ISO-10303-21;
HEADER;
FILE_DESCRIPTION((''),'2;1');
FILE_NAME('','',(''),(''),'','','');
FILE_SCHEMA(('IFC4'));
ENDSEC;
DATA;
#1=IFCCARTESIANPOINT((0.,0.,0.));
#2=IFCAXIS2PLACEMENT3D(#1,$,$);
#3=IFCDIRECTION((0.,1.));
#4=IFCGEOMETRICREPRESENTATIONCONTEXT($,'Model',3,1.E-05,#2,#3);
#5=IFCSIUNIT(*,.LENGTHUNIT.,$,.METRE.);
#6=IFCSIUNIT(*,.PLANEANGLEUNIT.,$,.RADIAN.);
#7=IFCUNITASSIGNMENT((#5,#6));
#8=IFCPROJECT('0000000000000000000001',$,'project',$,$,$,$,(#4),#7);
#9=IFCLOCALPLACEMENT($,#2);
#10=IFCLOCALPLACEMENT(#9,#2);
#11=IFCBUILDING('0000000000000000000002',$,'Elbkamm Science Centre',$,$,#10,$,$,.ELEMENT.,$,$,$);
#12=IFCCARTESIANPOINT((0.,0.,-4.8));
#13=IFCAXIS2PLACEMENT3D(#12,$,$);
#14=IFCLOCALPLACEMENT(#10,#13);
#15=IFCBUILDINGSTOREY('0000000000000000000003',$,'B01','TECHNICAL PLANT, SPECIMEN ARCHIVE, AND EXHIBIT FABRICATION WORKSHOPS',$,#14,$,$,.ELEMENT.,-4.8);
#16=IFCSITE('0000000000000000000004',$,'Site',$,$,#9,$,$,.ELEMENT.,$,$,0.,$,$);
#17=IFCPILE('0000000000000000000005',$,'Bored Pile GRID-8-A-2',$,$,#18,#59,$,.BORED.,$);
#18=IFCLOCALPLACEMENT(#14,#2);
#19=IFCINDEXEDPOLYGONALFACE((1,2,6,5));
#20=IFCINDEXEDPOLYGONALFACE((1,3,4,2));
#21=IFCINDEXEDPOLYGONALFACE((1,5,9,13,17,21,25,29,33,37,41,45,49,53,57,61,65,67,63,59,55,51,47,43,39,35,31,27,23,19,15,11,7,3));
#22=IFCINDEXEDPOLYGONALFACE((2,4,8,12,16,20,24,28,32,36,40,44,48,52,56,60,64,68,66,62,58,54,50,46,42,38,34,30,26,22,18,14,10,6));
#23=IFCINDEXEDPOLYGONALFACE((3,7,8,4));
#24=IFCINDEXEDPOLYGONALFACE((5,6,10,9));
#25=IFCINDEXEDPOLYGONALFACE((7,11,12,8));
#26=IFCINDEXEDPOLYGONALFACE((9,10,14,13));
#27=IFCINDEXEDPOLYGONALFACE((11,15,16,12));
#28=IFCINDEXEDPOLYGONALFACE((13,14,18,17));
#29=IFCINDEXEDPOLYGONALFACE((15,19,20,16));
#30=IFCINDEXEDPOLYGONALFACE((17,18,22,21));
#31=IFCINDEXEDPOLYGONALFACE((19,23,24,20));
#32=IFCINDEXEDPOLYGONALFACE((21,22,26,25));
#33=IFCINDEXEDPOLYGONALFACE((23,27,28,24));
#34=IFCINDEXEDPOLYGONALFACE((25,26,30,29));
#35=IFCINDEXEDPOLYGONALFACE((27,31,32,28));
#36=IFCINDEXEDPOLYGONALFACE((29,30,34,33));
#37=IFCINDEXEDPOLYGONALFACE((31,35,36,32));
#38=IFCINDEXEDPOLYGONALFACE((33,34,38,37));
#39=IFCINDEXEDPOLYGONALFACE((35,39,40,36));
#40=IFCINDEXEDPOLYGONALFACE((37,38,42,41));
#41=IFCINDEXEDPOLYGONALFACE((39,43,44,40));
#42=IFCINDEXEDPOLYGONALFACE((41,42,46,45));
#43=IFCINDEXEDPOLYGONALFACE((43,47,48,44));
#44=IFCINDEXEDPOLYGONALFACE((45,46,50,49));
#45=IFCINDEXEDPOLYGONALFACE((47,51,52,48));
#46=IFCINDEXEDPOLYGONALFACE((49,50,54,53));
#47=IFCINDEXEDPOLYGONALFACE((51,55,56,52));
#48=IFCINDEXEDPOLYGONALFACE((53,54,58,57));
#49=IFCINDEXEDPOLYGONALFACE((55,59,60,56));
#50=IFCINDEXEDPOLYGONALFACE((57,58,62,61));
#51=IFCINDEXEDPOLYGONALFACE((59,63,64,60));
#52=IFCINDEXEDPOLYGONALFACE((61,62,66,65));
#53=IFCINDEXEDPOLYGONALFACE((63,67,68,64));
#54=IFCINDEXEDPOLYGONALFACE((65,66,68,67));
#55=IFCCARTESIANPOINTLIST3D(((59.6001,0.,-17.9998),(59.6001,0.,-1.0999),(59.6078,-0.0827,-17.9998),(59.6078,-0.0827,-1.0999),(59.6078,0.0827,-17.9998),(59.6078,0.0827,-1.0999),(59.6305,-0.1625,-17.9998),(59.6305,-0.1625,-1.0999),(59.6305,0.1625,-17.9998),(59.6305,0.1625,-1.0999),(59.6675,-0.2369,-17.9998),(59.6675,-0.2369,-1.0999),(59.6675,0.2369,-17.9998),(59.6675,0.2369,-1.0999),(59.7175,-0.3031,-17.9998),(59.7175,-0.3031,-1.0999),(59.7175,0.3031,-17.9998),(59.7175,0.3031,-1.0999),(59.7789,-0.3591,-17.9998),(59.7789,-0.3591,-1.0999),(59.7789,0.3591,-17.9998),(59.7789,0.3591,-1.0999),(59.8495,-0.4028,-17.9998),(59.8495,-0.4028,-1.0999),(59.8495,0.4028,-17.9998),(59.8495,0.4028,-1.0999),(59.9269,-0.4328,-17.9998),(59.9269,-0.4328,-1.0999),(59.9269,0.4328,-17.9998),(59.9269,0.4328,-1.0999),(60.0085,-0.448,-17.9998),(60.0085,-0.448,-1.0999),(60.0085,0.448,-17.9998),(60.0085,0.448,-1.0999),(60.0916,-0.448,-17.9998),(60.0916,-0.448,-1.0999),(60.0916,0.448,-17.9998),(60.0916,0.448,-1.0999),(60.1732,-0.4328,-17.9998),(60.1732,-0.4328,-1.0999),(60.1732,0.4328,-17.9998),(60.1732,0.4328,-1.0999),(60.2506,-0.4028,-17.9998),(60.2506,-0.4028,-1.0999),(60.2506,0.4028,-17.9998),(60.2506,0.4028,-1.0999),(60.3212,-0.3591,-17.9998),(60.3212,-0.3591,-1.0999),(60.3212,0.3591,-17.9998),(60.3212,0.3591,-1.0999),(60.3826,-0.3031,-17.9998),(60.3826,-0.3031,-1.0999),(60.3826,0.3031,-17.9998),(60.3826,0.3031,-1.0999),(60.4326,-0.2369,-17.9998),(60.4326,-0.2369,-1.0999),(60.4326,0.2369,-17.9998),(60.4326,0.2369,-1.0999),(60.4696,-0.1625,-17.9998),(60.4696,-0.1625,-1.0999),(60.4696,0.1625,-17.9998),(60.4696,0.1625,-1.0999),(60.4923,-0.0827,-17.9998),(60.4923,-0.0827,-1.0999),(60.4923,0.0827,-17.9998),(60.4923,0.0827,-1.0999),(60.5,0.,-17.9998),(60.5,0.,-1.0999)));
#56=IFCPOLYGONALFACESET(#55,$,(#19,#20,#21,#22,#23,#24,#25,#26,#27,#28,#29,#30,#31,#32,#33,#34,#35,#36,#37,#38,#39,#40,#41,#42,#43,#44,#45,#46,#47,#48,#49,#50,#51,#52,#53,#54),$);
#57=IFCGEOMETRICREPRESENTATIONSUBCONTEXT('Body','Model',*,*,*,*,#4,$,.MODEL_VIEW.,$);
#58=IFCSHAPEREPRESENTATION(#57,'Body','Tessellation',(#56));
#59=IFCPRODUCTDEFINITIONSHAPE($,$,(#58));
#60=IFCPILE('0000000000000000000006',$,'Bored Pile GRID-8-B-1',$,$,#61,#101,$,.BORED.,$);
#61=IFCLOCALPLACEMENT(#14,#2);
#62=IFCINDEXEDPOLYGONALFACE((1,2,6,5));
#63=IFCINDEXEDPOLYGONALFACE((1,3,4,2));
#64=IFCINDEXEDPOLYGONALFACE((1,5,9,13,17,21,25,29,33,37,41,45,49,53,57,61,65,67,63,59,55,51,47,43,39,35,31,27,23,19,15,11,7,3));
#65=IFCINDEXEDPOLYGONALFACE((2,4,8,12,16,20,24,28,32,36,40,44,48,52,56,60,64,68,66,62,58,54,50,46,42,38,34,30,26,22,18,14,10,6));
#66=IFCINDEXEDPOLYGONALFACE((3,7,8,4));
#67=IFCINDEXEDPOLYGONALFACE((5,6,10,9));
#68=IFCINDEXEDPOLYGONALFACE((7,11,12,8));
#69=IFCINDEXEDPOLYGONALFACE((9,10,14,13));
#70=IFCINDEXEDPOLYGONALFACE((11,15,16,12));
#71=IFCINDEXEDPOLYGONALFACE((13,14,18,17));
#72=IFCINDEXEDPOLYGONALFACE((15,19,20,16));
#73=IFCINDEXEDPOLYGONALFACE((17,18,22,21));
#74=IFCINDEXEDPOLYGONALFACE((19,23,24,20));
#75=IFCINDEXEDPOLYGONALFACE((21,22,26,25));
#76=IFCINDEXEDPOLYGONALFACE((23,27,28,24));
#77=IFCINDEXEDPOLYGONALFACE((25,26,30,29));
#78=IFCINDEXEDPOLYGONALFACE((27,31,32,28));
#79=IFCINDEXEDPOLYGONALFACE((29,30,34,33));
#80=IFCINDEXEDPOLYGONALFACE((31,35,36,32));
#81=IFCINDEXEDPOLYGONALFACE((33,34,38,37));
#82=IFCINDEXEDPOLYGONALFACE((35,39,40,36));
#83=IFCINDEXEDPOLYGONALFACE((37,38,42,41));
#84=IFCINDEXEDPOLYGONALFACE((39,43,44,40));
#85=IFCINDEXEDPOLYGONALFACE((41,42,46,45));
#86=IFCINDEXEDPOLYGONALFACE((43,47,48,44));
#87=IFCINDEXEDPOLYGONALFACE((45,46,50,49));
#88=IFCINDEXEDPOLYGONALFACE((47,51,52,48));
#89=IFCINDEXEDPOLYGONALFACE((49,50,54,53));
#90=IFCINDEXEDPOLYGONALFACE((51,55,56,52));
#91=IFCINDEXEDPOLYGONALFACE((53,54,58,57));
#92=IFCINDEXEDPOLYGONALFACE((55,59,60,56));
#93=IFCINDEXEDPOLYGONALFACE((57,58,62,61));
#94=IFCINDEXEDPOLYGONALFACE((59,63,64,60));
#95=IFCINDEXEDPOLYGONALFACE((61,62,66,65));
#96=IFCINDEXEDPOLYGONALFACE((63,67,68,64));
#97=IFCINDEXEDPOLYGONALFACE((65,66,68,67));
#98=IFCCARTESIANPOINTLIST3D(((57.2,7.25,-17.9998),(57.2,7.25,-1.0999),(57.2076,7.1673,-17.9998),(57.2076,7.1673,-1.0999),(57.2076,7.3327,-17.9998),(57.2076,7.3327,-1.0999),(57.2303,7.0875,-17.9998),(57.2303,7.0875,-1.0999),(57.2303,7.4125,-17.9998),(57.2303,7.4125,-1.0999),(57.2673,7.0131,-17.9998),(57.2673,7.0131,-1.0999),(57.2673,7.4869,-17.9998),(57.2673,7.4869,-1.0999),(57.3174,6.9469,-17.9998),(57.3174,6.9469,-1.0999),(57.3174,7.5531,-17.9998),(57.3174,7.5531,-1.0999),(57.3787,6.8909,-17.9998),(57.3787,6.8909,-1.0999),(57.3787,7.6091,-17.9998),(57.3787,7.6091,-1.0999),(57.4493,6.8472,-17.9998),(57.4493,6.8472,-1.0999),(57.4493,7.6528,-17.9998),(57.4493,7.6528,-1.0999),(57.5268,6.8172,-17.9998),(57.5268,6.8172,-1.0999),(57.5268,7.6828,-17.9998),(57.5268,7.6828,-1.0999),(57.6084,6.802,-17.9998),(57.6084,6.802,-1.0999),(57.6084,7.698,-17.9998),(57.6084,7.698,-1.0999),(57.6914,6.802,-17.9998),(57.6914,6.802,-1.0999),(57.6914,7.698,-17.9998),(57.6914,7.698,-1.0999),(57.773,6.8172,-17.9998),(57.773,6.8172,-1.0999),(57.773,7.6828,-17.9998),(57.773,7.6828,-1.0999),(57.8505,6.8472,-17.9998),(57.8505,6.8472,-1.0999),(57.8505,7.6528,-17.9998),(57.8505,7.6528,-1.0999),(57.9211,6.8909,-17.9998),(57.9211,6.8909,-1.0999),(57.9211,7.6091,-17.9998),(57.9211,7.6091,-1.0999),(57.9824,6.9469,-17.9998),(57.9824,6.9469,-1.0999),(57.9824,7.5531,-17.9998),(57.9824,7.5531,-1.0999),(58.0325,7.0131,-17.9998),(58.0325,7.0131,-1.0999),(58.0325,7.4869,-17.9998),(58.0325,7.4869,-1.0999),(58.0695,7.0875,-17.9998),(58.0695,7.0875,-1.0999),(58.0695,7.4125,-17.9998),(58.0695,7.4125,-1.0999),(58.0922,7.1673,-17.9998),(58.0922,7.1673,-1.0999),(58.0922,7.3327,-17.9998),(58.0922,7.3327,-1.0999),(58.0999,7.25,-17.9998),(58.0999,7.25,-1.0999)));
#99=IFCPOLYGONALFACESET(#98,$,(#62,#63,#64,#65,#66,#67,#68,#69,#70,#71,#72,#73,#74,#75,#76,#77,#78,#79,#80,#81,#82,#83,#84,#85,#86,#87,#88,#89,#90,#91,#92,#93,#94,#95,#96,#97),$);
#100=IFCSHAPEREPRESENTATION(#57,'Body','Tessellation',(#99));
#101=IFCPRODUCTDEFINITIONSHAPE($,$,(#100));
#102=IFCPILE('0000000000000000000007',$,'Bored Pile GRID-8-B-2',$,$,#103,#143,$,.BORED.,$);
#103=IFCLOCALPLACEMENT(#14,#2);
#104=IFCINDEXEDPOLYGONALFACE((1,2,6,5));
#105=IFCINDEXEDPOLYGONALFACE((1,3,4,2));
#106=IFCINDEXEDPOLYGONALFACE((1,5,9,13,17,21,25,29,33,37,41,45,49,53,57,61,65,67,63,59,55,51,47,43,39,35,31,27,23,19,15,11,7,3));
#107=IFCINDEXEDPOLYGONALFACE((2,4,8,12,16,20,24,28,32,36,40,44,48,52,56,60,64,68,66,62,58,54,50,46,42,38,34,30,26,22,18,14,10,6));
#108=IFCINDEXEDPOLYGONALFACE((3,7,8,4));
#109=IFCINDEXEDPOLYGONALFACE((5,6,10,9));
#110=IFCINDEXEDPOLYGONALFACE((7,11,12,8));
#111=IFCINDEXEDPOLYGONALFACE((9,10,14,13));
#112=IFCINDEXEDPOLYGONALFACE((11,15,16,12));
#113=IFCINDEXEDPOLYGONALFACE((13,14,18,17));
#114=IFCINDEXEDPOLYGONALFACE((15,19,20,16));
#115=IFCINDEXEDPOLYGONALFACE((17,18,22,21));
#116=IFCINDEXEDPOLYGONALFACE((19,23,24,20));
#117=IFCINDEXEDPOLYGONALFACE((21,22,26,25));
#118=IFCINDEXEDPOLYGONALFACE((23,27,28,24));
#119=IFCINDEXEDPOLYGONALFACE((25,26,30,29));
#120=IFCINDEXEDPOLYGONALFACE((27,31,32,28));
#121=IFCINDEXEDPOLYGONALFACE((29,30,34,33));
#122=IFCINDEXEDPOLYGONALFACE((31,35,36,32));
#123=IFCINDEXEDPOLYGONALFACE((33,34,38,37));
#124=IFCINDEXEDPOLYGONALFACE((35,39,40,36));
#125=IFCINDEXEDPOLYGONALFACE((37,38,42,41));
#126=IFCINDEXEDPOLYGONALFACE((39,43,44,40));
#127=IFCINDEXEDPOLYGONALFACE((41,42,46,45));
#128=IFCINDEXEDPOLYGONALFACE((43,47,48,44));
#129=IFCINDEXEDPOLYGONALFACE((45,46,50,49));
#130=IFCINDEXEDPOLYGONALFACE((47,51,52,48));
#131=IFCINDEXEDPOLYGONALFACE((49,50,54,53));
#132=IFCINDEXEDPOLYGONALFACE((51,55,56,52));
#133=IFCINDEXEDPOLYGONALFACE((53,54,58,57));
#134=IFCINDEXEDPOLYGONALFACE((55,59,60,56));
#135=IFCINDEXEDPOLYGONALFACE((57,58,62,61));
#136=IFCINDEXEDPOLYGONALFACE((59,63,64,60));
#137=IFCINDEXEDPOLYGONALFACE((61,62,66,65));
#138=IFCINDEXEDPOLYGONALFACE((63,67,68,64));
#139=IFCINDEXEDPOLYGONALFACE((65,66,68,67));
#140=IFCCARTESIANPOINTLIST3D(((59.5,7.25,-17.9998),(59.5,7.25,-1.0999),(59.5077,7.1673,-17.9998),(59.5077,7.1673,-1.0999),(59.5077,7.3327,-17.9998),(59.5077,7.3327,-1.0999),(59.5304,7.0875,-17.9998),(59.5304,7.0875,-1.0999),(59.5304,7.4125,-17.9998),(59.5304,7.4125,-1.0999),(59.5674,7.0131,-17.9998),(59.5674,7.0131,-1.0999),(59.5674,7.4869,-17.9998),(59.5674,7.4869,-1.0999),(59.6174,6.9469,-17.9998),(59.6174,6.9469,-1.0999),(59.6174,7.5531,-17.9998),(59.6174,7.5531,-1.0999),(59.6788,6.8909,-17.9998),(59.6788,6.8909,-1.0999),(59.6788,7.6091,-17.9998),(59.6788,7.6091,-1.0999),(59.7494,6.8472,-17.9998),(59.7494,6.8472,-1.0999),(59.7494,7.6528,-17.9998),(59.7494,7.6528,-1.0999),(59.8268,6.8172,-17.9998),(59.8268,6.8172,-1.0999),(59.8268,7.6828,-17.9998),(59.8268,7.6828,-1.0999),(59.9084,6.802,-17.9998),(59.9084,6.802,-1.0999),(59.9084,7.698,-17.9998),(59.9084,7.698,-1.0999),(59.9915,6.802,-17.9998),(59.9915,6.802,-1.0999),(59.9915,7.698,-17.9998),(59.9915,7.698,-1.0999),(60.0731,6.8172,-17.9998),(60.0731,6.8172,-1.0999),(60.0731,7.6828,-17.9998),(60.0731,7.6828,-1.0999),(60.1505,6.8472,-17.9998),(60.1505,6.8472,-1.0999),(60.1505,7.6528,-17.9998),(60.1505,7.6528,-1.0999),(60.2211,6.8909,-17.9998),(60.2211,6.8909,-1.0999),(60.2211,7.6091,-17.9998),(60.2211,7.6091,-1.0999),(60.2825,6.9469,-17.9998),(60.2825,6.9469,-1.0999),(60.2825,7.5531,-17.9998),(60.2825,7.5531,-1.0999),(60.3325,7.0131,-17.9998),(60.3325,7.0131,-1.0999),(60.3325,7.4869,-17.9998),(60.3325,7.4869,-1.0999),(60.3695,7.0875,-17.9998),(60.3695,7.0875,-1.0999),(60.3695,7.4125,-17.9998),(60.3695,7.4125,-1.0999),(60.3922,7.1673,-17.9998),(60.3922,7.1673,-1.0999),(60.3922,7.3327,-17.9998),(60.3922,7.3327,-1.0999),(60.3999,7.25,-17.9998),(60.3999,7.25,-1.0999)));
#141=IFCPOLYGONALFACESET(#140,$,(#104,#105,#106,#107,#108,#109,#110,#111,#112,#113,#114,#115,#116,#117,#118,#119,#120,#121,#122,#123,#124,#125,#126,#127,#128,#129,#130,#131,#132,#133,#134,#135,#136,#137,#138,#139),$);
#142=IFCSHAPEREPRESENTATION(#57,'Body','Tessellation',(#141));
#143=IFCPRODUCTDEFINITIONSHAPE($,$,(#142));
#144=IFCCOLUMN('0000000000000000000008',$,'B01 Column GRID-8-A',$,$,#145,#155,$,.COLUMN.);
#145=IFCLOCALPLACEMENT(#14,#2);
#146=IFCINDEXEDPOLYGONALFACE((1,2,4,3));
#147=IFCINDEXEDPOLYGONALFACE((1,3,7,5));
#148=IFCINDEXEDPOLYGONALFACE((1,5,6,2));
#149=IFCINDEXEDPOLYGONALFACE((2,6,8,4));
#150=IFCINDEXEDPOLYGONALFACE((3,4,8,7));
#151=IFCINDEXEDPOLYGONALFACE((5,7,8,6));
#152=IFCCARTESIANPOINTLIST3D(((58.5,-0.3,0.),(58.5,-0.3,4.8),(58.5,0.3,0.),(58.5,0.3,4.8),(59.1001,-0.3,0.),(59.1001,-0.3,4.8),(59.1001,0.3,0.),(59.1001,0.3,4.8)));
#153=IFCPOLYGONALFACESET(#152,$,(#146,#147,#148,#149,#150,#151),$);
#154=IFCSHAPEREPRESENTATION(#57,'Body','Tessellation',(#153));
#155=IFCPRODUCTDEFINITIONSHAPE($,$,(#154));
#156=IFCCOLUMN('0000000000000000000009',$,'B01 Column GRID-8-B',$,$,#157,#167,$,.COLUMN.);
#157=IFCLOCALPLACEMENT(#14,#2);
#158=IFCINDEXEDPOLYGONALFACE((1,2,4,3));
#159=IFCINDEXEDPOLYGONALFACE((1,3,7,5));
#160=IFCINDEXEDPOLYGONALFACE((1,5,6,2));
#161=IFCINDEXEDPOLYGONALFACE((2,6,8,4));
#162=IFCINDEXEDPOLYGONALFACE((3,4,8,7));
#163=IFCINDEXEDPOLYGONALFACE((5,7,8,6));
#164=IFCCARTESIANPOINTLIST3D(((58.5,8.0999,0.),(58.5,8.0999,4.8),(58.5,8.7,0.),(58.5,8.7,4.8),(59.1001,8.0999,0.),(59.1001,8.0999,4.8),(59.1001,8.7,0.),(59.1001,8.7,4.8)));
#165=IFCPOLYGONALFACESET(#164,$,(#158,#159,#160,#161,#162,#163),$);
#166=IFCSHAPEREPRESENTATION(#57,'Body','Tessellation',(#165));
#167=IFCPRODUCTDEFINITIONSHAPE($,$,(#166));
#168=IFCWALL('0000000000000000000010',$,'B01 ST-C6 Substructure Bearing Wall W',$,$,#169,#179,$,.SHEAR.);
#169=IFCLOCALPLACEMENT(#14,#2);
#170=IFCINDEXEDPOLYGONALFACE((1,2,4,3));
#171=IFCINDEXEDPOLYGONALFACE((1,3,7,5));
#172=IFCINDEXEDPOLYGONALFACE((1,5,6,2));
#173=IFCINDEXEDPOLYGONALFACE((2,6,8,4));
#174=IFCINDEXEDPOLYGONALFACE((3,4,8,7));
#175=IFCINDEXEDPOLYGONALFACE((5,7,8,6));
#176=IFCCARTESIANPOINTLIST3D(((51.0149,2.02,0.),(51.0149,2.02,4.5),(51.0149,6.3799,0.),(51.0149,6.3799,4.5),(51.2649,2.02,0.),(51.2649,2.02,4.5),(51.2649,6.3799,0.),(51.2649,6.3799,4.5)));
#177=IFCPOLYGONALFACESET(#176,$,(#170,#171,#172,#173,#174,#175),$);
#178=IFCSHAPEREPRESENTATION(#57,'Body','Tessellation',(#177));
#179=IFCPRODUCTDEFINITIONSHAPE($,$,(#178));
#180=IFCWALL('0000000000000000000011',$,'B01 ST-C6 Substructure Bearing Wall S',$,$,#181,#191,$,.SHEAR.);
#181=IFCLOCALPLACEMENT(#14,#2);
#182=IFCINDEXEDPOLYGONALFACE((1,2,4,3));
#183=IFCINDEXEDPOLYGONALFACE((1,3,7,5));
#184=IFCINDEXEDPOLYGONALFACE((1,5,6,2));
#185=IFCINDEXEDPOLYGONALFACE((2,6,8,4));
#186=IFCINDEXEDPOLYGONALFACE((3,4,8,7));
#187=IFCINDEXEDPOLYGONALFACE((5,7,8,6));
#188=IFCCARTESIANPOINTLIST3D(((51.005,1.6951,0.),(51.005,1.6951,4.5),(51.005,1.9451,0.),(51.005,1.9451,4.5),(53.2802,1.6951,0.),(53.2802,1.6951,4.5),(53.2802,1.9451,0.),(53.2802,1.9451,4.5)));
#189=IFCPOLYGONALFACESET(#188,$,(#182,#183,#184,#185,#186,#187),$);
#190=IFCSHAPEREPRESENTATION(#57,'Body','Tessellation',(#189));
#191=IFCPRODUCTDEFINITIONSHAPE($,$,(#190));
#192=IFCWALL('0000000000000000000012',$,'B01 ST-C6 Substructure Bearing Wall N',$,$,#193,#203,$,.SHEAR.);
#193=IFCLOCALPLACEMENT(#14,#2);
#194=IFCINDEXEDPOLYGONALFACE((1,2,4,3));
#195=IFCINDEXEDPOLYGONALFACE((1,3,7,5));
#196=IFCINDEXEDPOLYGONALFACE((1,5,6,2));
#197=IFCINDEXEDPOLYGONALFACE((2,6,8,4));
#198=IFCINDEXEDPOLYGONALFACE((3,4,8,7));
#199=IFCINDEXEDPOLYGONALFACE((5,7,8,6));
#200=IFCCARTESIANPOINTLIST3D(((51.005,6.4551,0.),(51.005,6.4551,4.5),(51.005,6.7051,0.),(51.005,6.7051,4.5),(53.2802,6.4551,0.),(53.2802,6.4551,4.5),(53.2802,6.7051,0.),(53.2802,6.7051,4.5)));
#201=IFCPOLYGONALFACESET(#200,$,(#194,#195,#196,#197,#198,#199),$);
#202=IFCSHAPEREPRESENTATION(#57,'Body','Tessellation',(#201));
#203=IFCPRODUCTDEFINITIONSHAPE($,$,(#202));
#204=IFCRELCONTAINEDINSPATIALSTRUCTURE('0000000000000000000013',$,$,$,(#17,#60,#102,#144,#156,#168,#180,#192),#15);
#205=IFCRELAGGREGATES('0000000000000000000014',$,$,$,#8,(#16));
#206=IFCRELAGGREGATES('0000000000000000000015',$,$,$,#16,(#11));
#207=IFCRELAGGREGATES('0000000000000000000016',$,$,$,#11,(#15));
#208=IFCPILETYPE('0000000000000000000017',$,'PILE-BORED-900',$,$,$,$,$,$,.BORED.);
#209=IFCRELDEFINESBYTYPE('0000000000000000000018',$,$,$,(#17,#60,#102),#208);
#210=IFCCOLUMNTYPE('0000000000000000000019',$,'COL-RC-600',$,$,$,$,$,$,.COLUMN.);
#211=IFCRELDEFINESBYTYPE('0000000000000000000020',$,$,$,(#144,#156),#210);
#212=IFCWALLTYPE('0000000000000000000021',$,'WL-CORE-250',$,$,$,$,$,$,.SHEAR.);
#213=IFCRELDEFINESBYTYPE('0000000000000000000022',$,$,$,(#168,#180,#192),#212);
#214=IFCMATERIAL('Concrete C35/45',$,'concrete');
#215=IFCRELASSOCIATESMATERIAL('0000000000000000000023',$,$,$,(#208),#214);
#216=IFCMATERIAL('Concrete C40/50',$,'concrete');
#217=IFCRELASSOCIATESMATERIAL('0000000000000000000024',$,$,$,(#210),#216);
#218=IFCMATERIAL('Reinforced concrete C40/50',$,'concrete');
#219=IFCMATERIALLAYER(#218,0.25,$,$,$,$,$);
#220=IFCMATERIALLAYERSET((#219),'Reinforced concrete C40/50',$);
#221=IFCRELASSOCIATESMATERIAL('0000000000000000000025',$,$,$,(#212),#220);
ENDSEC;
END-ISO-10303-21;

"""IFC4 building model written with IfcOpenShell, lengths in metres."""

from ifc_helpers import new_model, si_unit, direction, frame, frame_2d, origin, origin_2d, place, context, subcontext, project, spatial, rectangle, circle, extrude, material, layer, layer_set, material_profile, profile_set, type_object, element, save


model = new_model("IFC4")

# Units and contexts
model_context = context("Model", 3, precision=1e-05, world=origin(), true_north=direction((0.0, 1.0)))
body_context = subcontext(model_context, "Body", "Model", "MODEL_VIEW")
ifc_project = project(units=[si_unit("LENGTHUNIT", "METRE"), si_unit("PLANEANGLEUNIT", "RADIAN")], contexts=[model_context])

# Site, building, storey
site_placement = place(None, origin())
site = spatial("IfcSite", under=ifc_project, at=site_placement, Name="Site", CompositionType="ELEMENT", RefElevation=0.0)
building_placement = place(site_placement, origin())
building = spatial("IfcBuilding", under=site, at=building_placement, Name="Elbkamm Science Centre", CompositionType="ELEMENT")
storey_placement = place(building_placement, frame((0.0, 0.0, -4.8)))
storey = spatial("IfcBuildingStorey", under=building, at=storey_placement, Name="B01", Description="TECHNICAL PLANT, SPECIMEN ARCHIVE, AND EXHIBIT FABRICATION WORKSHOPS", CompositionType="ELEMENT", Elevation=-4.8)

# Shared definitions
ifc_material_1 = material(Name="Concrete C35/45", Category="concrete")

# Piles
ifc_material_profile_1 = material_profile(ifc_material_1, circle(Radius=0.45, at=origin_2d()), Name="PILE D900")
ifc_profile_set_1 = profile_set([ifc_material_profile_1], Name="Concrete C35/45")
pile_type = type_object("IfcPileType", Name="PILE-BORED-900", PredefinedType="BORED", material=ifc_profile_set_1)
for number, where, z_axis, x_axis, name in (
    (1, (60.05, 0.0, -1.0999), (0.0, 0.0, -1.0), (1.0, 0.0, 0.0), "Bored Pile GRID-8-A-2"),
    (2, (57.6499, 7.25, -1.0999), (0.0, 0.0, -1.0), (1.0, 0.0, 0.0), "Bored Pile GRID-8-B-1"),
    (3, (59.95, 7.25, -1.0999), (0.0, 0.0, -1.0), (1.0, 0.0, 0.0), "Bored Pile GRID-8-B-2"),
):
    element("IfcPile", number, at=place(storey_placement, frame(where, z_axis=z_axis, x_axis=x_axis)), inside=storey, type_object=pile_type, Name=name, PredefinedType="BORED", context=body_context, shape_type="SweptSolid", body=[
        extrude(circle(Radius=0.45, at=origin_2d()), origin(), (0.0, 0.0, 1.0), 16.8999),
    ])

# Columns
ifc_material_2 = material(Name="Concrete C40/50", Category="concrete")
ifc_material_profile_2 = material_profile(ifc_material_2, rectangle(XDim=0.6001, YDim=0.6001, at=origin_2d()), Name="RC 600x600")
ifc_profile_set_2 = profile_set([ifc_material_profile_2], Name="Concrete C40/50")
column_type = type_object("IfcColumnType", Name="COL-RC-600", PredefinedType="COLUMN", material=ifc_profile_set_2)
for number, where, z_axis, x_axis, name in (
    (4, (58.8, 0.0, 0.0), (0.0, 0.0, 1.0), (1.0, 0.0, 0.0), "B01 Column GRID-8-A"),
    (5, (58.8, 8.3999, 0.0), (0.0, 0.0, 1.0), (1.0, 0.0, 0.0), "B01 Column GRID-8-B"),
):
    element("IfcColumn", number, at=place(storey_placement, frame(where, z_axis=z_axis, x_axis=x_axis)), inside=storey, type_object=column_type, Name=name, PredefinedType="COLUMN", context=body_context, shape_type="SweptSolid", body=[
        extrude(rectangle(XDim=0.6001, YDim=0.6001, at=origin_2d()), origin(), (0.0, 0.0, 1.0), 4.8),
    ])

# Walls
ifc_material_3 = material(Name="Reinforced concrete C40/50", Category="concrete")
ifc_layer_1 = layer(ifc_material_3, 0.25)
ifc_layer_set_1 = layer_set([ifc_layer_1], Name="Reinforced concrete C40/50")
wall_type_1 = type_object("IfcWallType", Name="WL-CORE-250", PredefinedType="SHEAR", material=ifc_layer_set_1)
wall_1_placement = place(storey_placement, frame((51.1399, 2.02, 0.0), z_axis=(0.0, 0.0, 1.0), x_axis=(0.0, 1.0, 0.0)))
element("IfcWall", 6, at=wall_1_placement, inside=storey, type_object=wall_type_1, Name="B01 ST-C6 Substructure Bearing Wall W", PredefinedType="SHEAR", context=body_context, shape_type="SweptSolid", body=[
    extrude(rectangle(XDim=4.3599, YDim=0.25, at=frame_2d((2.1799, 0.0))), origin(), (0.0, 0.0, 1.0), 4.5),
])
for number, where, z_axis, x_axis, name in (
    (7, (51.0049, 1.8201, 0.0), (0.0, 0.0, 1.0), (1.0, 0.0, 0.0), "B01 ST-C6 Substructure Bearing Wall S"),
    (8, (51.0049, 6.5801, 0.0), (0.0, 0.0, 1.0), (1.0, 0.0, 0.0), "B01 ST-C6 Substructure Bearing Wall N"),
):
    element("IfcWall", number, at=place(storey_placement, frame(where, z_axis=z_axis, x_axis=x_axis)), inside=storey, type_object=wall_type_1, Name=name, PredefinedType="SHEAR", context=body_context, shape_type="SweptSolid", body=[
        extrude(rectangle(XDim=2.2751, YDim=0.25, at=frame_2d((1.1377, 0.0))), origin(), (0.0, 0.0, 1.0), 4.5),
    ])

save(model, "model.ifc")
